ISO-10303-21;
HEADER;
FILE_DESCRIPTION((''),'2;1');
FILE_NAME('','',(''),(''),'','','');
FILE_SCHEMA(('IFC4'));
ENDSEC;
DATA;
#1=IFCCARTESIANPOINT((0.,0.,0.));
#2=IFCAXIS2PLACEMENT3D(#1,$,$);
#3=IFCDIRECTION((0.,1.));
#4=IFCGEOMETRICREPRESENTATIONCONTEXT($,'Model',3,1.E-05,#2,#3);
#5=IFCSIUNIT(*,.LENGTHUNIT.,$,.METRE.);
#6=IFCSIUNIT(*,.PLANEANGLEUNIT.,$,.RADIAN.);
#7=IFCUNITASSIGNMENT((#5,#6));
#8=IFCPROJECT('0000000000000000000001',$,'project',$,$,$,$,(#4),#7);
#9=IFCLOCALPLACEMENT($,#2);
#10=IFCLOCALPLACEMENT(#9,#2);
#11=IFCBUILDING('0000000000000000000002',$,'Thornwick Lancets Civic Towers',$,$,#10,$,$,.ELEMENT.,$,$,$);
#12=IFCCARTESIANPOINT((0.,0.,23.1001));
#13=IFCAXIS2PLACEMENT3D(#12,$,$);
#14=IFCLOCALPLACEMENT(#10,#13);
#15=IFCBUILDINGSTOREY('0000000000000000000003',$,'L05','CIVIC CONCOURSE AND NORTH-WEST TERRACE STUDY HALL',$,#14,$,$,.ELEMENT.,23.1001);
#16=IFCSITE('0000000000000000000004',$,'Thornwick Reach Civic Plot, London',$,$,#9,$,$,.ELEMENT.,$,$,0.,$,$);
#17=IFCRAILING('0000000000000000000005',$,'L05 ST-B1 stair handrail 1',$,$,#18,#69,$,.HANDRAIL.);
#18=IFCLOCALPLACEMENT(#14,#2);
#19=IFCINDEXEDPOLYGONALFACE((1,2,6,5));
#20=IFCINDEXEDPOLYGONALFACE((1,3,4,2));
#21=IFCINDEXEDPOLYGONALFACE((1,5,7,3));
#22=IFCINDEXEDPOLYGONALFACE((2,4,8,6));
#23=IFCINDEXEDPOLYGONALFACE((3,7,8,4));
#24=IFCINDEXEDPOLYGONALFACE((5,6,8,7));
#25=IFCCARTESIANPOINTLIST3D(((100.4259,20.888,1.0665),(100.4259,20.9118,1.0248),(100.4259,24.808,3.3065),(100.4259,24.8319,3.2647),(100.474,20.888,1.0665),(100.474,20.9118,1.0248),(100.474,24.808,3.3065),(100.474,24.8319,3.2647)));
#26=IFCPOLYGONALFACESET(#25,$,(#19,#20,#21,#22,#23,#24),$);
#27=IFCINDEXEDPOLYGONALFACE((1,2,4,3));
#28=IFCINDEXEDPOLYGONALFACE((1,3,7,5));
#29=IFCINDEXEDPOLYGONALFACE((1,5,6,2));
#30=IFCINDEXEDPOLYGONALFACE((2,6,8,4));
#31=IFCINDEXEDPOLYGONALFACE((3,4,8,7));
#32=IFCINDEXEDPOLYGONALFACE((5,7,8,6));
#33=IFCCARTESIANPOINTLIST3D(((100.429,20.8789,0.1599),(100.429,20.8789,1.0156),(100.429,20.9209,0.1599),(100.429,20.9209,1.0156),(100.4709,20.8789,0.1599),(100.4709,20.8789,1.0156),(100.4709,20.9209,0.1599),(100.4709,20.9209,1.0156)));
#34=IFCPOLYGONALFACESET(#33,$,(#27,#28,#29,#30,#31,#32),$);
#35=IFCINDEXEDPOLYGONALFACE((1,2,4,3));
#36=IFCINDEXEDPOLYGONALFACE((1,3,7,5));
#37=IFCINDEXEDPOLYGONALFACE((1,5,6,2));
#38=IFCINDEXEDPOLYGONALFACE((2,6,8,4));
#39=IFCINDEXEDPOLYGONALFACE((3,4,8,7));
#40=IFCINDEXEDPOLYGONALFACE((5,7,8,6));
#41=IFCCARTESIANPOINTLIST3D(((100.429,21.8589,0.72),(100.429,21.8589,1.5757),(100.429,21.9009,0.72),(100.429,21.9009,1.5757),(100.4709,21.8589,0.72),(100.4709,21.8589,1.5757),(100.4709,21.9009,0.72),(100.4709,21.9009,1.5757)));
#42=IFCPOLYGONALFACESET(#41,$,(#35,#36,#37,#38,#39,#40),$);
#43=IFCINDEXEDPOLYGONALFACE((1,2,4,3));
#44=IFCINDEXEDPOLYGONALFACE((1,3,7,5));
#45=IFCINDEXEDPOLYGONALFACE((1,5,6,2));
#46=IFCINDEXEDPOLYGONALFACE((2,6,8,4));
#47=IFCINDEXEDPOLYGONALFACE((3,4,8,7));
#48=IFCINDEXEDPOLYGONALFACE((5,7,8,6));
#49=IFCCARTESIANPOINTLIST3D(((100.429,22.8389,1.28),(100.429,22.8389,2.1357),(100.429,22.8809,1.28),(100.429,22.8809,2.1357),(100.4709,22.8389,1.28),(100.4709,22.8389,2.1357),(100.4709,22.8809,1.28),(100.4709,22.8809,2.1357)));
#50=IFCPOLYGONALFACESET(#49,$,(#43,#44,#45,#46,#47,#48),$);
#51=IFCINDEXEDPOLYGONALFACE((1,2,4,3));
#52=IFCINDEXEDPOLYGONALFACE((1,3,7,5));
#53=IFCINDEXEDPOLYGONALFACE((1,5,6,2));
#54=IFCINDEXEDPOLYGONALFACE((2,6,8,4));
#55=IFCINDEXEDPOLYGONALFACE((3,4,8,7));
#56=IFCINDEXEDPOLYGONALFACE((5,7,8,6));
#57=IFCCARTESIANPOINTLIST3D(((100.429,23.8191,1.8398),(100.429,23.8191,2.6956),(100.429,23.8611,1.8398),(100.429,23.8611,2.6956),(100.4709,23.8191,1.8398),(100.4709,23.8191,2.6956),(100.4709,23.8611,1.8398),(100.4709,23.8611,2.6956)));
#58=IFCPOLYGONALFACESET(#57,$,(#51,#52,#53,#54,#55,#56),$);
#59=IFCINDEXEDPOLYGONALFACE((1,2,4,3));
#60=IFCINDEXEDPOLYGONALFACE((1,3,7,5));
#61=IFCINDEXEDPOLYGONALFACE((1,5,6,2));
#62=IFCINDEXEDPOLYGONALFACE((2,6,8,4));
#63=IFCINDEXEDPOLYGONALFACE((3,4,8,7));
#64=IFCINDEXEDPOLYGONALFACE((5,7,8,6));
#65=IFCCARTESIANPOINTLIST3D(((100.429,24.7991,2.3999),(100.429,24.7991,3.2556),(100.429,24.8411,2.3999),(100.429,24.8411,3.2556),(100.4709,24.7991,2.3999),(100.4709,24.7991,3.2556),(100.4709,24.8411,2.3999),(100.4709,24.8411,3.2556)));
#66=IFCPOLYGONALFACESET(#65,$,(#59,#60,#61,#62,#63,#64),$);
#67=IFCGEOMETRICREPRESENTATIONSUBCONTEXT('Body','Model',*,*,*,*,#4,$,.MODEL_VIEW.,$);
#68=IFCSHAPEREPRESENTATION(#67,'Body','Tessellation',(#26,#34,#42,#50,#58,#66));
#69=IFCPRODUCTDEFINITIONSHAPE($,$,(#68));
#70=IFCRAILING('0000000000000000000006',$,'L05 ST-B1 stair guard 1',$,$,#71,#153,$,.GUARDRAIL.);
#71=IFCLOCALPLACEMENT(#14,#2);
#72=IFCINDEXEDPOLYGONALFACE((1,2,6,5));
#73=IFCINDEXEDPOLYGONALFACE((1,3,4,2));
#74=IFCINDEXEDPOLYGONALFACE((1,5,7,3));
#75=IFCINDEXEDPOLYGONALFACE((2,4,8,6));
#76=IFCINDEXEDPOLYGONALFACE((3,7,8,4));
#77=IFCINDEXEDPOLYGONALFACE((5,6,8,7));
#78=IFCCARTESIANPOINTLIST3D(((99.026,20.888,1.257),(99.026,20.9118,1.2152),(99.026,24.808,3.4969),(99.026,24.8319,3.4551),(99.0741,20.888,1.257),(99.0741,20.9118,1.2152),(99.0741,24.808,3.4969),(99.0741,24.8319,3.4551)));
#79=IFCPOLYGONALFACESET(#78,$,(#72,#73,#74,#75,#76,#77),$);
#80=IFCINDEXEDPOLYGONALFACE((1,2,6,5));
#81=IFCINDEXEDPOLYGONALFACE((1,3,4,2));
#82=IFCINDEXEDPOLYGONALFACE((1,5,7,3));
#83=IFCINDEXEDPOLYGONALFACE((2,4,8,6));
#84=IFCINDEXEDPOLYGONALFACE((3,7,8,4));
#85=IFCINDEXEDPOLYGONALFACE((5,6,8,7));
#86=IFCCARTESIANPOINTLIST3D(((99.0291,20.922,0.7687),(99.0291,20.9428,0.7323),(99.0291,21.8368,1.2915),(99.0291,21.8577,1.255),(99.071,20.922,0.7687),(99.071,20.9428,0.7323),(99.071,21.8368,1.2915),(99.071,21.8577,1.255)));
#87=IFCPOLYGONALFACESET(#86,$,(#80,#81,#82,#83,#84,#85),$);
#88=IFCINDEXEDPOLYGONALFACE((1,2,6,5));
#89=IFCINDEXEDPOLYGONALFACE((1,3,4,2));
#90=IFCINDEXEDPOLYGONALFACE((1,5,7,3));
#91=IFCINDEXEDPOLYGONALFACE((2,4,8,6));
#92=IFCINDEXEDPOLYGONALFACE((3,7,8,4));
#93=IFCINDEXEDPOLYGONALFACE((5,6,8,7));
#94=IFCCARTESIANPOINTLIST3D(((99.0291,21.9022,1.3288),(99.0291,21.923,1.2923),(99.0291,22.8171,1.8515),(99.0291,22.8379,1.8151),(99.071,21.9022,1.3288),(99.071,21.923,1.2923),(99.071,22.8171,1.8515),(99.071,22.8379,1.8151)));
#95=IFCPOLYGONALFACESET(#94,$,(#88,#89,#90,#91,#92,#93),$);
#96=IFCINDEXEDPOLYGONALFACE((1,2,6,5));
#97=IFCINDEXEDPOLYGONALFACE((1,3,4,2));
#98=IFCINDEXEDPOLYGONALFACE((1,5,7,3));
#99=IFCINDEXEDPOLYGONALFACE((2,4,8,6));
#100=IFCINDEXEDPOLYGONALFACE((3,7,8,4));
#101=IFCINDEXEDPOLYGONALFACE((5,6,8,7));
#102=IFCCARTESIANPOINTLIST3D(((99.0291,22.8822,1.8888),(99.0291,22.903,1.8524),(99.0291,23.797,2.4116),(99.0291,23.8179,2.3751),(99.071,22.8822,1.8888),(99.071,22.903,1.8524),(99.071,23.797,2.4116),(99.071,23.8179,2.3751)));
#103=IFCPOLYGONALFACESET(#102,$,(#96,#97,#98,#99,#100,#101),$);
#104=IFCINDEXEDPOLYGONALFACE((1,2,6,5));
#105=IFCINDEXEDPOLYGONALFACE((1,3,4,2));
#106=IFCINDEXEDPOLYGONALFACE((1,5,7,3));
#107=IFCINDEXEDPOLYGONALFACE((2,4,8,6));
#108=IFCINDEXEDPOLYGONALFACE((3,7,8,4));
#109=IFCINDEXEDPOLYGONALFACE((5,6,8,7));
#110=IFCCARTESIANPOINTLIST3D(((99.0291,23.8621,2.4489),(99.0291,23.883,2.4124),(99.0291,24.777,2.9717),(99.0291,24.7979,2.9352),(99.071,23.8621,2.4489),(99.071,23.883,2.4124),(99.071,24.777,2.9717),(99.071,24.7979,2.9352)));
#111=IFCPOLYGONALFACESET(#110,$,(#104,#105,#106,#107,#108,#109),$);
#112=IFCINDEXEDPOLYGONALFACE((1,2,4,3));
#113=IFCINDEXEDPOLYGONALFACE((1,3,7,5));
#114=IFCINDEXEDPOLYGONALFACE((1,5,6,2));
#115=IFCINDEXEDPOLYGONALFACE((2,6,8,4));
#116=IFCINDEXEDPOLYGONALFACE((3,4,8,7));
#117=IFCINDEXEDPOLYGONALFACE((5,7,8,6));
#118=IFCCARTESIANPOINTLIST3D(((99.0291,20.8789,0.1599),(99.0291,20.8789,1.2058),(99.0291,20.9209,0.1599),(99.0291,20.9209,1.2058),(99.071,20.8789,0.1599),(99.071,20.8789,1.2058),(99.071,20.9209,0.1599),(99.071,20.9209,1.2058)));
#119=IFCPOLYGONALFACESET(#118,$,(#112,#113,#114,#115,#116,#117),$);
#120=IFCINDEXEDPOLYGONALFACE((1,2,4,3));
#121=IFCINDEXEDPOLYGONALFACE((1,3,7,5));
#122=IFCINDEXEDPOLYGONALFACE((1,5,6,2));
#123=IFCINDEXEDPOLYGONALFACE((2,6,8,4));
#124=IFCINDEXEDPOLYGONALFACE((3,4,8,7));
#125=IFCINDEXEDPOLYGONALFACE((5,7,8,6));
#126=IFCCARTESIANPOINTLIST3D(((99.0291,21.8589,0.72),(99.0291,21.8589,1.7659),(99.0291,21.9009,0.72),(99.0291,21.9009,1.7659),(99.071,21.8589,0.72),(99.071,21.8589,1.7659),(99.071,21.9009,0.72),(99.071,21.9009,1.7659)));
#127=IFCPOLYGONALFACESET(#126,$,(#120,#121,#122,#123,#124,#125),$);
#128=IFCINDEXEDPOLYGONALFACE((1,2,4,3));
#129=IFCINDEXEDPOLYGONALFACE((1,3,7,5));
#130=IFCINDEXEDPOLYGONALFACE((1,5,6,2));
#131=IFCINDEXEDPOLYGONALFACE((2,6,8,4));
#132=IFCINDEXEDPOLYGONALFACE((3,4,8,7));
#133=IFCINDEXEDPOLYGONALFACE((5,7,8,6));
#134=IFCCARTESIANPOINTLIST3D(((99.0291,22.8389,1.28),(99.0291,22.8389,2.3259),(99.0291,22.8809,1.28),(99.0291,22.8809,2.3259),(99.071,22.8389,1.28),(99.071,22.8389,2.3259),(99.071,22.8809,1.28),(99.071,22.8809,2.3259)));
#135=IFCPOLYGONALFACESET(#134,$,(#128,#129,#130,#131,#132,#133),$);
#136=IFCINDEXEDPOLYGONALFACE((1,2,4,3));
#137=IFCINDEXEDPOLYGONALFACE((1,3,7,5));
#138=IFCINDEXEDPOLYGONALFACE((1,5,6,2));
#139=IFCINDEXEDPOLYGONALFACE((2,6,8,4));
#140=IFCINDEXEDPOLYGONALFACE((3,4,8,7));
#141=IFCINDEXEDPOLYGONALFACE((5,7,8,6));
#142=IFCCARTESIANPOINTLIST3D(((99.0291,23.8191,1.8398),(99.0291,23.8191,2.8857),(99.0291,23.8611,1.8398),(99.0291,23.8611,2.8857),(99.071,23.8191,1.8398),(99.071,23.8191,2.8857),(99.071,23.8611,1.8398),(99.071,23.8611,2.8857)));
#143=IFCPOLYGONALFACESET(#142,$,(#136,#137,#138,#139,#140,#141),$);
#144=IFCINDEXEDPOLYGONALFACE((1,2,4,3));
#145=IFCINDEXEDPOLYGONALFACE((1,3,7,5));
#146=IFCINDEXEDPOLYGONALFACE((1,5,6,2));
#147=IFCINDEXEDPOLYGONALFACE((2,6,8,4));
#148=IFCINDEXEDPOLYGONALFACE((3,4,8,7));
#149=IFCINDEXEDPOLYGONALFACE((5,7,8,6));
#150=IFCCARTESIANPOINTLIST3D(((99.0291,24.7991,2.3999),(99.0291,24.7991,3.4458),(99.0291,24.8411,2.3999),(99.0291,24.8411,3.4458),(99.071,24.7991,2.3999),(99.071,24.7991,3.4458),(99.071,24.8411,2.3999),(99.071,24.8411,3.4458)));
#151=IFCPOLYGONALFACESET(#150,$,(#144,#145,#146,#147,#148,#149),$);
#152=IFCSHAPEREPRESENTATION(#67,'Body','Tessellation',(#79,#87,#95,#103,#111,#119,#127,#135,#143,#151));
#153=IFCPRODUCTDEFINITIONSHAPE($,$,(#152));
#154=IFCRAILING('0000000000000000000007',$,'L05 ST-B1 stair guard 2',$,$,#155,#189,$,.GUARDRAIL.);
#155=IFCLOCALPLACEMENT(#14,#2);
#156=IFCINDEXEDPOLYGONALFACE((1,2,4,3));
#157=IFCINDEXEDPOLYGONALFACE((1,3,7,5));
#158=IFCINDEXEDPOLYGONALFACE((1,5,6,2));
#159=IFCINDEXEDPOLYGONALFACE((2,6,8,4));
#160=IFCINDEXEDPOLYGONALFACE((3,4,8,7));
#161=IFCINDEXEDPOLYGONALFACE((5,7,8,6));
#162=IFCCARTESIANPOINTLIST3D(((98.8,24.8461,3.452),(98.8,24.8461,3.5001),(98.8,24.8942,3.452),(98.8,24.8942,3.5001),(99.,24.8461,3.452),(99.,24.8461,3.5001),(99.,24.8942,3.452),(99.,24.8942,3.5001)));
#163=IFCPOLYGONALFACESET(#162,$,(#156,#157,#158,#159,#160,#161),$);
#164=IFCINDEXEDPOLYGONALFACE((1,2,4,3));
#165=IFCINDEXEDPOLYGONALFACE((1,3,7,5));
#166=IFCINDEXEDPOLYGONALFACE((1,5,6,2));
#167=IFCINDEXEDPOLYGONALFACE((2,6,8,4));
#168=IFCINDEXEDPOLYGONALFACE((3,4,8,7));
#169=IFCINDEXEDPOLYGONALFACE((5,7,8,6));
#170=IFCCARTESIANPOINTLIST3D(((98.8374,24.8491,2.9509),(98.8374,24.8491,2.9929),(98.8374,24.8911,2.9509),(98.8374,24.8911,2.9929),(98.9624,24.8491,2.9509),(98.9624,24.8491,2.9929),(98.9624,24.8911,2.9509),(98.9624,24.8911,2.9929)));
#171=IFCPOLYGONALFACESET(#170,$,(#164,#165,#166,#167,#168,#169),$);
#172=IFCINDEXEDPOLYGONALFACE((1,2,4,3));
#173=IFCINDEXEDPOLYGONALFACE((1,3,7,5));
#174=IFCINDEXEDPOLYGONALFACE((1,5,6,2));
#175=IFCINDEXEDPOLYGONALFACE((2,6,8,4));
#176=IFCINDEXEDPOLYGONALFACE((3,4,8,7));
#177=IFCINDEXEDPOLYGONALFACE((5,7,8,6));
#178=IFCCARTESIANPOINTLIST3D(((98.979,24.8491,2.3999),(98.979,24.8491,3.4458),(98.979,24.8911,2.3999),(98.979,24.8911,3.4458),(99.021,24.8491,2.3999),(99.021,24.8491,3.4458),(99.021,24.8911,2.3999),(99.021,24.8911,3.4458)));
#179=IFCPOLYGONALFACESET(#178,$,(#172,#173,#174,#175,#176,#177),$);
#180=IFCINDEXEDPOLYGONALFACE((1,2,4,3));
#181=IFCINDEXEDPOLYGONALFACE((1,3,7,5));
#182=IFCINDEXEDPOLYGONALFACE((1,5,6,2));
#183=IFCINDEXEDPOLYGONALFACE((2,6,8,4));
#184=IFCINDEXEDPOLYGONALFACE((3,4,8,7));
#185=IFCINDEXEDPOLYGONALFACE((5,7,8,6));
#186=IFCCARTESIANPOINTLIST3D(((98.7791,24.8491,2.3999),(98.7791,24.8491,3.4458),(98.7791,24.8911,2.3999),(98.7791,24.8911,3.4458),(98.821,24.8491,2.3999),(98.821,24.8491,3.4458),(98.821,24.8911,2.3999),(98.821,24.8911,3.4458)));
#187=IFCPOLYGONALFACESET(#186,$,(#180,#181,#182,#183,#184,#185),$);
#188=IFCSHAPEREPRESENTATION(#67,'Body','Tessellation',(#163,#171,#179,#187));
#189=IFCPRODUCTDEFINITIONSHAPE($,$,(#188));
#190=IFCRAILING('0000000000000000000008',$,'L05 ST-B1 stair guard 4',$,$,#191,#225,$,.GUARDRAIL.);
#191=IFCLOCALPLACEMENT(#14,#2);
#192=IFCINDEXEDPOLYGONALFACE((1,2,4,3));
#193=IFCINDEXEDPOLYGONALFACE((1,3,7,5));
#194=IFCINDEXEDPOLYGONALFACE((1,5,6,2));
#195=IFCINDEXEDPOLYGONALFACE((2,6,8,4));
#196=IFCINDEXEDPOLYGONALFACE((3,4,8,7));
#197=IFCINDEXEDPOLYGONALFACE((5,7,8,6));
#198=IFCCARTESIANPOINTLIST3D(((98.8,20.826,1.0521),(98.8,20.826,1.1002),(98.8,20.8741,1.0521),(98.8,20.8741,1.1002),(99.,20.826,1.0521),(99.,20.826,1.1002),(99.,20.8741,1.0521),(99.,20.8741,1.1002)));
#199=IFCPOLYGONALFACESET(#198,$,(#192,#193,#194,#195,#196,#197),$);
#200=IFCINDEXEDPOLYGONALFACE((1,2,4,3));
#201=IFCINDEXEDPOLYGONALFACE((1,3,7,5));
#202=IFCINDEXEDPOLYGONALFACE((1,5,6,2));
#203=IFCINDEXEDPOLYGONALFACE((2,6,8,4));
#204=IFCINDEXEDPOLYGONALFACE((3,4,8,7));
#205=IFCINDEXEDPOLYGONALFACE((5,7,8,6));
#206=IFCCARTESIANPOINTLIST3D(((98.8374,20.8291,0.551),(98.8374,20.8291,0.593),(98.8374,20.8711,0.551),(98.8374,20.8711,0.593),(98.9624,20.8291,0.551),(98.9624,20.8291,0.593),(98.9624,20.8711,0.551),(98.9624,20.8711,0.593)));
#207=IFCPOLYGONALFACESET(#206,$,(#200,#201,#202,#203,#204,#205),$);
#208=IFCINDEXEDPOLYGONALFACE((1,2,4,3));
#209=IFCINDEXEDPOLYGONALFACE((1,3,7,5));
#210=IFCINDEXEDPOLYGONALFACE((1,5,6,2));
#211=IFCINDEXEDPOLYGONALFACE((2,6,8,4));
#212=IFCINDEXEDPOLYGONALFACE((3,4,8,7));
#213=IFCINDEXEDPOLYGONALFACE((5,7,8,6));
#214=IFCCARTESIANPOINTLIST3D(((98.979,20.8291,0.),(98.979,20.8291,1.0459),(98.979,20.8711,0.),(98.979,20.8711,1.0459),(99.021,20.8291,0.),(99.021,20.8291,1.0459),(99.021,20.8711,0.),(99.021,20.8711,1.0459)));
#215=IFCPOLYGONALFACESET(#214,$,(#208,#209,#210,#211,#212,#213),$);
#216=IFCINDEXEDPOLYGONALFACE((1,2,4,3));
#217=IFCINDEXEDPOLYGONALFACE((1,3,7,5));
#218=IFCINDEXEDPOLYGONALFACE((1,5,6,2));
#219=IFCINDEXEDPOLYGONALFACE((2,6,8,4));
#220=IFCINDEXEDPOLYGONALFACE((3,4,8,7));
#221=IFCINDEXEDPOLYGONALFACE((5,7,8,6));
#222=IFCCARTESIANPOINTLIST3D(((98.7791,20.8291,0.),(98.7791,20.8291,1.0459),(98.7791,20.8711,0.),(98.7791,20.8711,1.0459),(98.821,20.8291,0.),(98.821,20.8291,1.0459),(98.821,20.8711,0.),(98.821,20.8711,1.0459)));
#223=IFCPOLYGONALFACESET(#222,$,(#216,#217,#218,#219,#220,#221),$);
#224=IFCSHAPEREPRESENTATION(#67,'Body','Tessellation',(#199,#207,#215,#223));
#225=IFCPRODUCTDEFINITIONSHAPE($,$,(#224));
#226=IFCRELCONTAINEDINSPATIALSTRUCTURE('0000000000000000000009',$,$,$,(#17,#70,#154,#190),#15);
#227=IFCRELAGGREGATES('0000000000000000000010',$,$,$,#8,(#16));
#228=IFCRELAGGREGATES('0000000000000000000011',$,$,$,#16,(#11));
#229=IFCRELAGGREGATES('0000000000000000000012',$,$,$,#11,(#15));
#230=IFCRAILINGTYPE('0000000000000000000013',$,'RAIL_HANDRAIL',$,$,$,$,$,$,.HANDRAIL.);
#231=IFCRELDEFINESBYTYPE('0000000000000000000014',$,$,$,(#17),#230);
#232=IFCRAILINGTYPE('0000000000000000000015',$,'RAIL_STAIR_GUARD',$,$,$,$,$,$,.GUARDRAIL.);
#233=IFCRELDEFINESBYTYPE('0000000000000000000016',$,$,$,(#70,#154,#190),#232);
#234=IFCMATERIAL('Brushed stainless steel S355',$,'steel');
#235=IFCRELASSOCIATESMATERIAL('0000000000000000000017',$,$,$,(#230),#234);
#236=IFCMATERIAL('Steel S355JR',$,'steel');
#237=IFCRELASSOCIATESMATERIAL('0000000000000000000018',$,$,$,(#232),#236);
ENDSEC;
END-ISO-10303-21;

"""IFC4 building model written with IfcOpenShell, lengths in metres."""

from ifc_helpers import new_model, si_unit, direction, frame, origin, origin_2d, place, context, subcontext, project, spatial, rectangle, extrude, material, type_object, element, save


model = new_model("IFC4")

# Units and contexts
model_context = context("Model", 3, precision=1e-05, world=origin(), true_north=direction((0.0, 1.0)))
body_context = subcontext(model_context, "Body", "Model", "MODEL_VIEW")
ifc_project = project(units=[si_unit("LENGTHUNIT", "METRE"), si_unit("PLANEANGLEUNIT", "RADIAN")], contexts=[model_context])

# Site, building, storey
site_placement = place(None, origin())
site = spatial("IfcSite", under=ifc_project, at=site_placement, Name="Thornwick Reach Civic Plot, London", CompositionType="ELEMENT", RefElevation=0.0)
building_placement = place(site_placement, origin())
building = spatial("IfcBuilding", under=site, at=building_placement, Name="Thornwick Lancets Civic Towers", CompositionType="ELEMENT")
storey_placement = place(building_placement, frame((0.0, 0.0, 23.1001)))
storey = spatial("IfcBuildingStorey", under=building, at=storey_placement, Name="L05", Description="CIVIC CONCOURSE AND NORTH-WEST TERRACE STUDY HALL", CompositionType="ELEMENT", Elevation=23.1001)

# Shared definitions
ifc_material_1 = material(Name="Steel S355JR", Category="steel")

# Railings
ifc_material_2 = material(Name="Brushed stainless steel S355", Category="steel")
railing_type_1 = type_object("IfcRailingType", Name="RAIL_HANDRAIL", PredefinedType="HANDRAIL", material=ifc_material_2)
railing_1_placement = place(storey_placement, frame((100.45, 20.8999, 0.1599)))
element("IfcRailing", 1, at=railing_1_placement, inside=storey, type_object=railing_type_1, Name="L05 ST-B1 stair handrail 1", PredefinedType="HANDRAIL", context=body_context, shape_type="SweptSolid", body=[
    extrude(rectangle(XDim=0.0481, YDim=0.0481, at=origin_2d()), frame((0.0, 0.0, 0.8857), z_axis=(0.0, 0.868253, 0.496121), x_axis=(-1.0, 0.0, 0.0)), (0.0, 0.0, 1.0), 4.5149),
    extrude(rectangle(XDim=0.042, YDim=0.042, at=origin_2d()), origin(), (0.0, 0.0, 1.0), 0.8557),
    extrude(rectangle(XDim=0.042, YDim=0.042, at=origin_2d()), frame((0.0, 0.98, 0.5601)), (0.0, 0.0, 1.0), 0.8557),
    extrude(rectangle(XDim=0.042, YDim=0.042, at=origin_2d()), frame((0.0, 1.96, 1.1201)), (0.0, 0.0, 1.0), 0.8557),
    extrude(rectangle(XDim=0.042, YDim=0.042, at=origin_2d()), frame((0.0, 2.9402, 1.6799)), (0.0, 0.0, 1.0), 0.8557),
    extrude(rectangle(XDim=0.042, YDim=0.042, at=origin_2d()), frame((0.0, 3.9202, 2.24)), (0.0, 0.0, 1.0), 0.8557),
])
railing_type_2 = type_object("IfcRailingType", Name="RAIL_STAIR_GUARD", PredefinedType="GUARDRAIL", material=ifc_material_1)
railing_2_placement = place(storey_placement, frame((99.05, 20.8999, 0.1599)))
element("IfcRailing", 2, at=railing_2_placement, inside=storey, type_object=railing_type_2, Name="L05 ST-B1 stair guard 1", PredefinedType="GUARDRAIL", context=body_context, shape_type="SweptSolid", body=[
    extrude(rectangle(XDim=0.0481, YDim=0.0481, at=origin_2d()), frame((0.0, 0.0, 1.0762), z_axis=(0.0, 0.868253, 0.496121), x_axis=(-1.0, 0.0, 0.0)), (0.0, 0.0, 1.0), 4.5149),
    extrude(rectangle(XDim=0.042, YDim=0.042, at=origin_2d()), frame((0.0, 0.0325, 0.5906), z_axis=(0.0, 0.868253, 0.496121), x_axis=(-1.0, 0.0, 0.0)), (0.0, 0.0, 1.0), 1.0537),
    extrude(rectangle(XDim=0.042, YDim=0.042, at=origin_2d()), frame((0.0, 1.0127, 1.1506), z_axis=(0.0, 0.868253, 0.496121), x_axis=(-1.0, 0.0, 0.0)), (0.0, 0.0, 1.0), 1.0537),
    extrude(rectangle(XDim=0.042, YDim=0.042, at=origin_2d()), frame((0.0, 1.9927, 1.7107), z_axis=(0.0, 0.868253, 0.496121), x_axis=(-1.0, 0.0, 0.0)), (0.0, 0.0, 1.0), 1.0537),
    extrude(rectangle(XDim=0.042, YDim=0.042, at=origin_2d()), frame((0.0, 2.9727, 2.2708), z_axis=(0.0, 0.868253, 0.496121), x_axis=(-1.0, 0.0, 0.0)), (0.0, 0.0, 1.0), 1.0537),
    extrude(rectangle(XDim=0.042, YDim=0.042, at=origin_2d()), origin(), (0.0, 0.0, 1.0), 1.0459),
    extrude(rectangle(XDim=0.042, YDim=0.042, at=origin_2d()), frame((0.0, 0.98, 0.5601)), (0.0, 0.0, 1.0), 1.0459),
    extrude(rectangle(XDim=0.042, YDim=0.042, at=origin_2d()), frame((0.0, 1.96, 1.1201)), (0.0, 0.0, 1.0), 1.0459),
    extrude(rectangle(XDim=0.042, YDim=0.042, at=origin_2d()), frame((0.0, 2.9402, 1.6799)), (0.0, 0.0, 1.0), 1.0459),
    extrude(rectangle(XDim=0.042, YDim=0.042, at=origin_2d()), frame((0.0, 3.9202, 2.24)), (0.0, 0.0, 1.0), 1.0459),
])
for number, where, name in (
    (3, (99.0, 24.8701, 2.3999), "L05 ST-B1 stair guard 2"),
    (4, (99.0, 20.8501, 0.0), "L05 ST-B1 stair guard 4"),
):
    element("IfcRailing", number, at=place(storey_placement, frame(where)), inside=storey, type_object=railing_type_2, Name=name, PredefinedType="GUARDRAIL", context=body_context, shape_type="SweptSolid", body=[
        extrude(rectangle(XDim=0.0481, YDim=0.0481, at=origin_2d()), frame((0.0, 0.0, 1.0762), z_axis=(-1.0, 0.0, 0.0), x_axis=(0.0, -1.0, 0.0)), (0.0, 0.0, 1.0), 0.2),
        extrude(rectangle(XDim=0.042, YDim=0.042, at=origin_2d()), frame((-0.0376, 0.0, 0.572), z_axis=(-1.0, 0.0, 0.0), x_axis=(0.0, -1.0, 0.0)), (0.0, 0.0, 1.0), 0.125),
        extrude(rectangle(XDim=0.042, YDim=0.042, at=origin_2d()), origin(), (0.0, 0.0, 1.0), 1.0459),
        extrude(rectangle(XDim=0.042, YDim=0.042, at=origin_2d()), frame((-0.2, 0.0, 0.0)), (0.0, 0.0, 1.0), 1.0459),
    ])

save(model, "model.ifc")
